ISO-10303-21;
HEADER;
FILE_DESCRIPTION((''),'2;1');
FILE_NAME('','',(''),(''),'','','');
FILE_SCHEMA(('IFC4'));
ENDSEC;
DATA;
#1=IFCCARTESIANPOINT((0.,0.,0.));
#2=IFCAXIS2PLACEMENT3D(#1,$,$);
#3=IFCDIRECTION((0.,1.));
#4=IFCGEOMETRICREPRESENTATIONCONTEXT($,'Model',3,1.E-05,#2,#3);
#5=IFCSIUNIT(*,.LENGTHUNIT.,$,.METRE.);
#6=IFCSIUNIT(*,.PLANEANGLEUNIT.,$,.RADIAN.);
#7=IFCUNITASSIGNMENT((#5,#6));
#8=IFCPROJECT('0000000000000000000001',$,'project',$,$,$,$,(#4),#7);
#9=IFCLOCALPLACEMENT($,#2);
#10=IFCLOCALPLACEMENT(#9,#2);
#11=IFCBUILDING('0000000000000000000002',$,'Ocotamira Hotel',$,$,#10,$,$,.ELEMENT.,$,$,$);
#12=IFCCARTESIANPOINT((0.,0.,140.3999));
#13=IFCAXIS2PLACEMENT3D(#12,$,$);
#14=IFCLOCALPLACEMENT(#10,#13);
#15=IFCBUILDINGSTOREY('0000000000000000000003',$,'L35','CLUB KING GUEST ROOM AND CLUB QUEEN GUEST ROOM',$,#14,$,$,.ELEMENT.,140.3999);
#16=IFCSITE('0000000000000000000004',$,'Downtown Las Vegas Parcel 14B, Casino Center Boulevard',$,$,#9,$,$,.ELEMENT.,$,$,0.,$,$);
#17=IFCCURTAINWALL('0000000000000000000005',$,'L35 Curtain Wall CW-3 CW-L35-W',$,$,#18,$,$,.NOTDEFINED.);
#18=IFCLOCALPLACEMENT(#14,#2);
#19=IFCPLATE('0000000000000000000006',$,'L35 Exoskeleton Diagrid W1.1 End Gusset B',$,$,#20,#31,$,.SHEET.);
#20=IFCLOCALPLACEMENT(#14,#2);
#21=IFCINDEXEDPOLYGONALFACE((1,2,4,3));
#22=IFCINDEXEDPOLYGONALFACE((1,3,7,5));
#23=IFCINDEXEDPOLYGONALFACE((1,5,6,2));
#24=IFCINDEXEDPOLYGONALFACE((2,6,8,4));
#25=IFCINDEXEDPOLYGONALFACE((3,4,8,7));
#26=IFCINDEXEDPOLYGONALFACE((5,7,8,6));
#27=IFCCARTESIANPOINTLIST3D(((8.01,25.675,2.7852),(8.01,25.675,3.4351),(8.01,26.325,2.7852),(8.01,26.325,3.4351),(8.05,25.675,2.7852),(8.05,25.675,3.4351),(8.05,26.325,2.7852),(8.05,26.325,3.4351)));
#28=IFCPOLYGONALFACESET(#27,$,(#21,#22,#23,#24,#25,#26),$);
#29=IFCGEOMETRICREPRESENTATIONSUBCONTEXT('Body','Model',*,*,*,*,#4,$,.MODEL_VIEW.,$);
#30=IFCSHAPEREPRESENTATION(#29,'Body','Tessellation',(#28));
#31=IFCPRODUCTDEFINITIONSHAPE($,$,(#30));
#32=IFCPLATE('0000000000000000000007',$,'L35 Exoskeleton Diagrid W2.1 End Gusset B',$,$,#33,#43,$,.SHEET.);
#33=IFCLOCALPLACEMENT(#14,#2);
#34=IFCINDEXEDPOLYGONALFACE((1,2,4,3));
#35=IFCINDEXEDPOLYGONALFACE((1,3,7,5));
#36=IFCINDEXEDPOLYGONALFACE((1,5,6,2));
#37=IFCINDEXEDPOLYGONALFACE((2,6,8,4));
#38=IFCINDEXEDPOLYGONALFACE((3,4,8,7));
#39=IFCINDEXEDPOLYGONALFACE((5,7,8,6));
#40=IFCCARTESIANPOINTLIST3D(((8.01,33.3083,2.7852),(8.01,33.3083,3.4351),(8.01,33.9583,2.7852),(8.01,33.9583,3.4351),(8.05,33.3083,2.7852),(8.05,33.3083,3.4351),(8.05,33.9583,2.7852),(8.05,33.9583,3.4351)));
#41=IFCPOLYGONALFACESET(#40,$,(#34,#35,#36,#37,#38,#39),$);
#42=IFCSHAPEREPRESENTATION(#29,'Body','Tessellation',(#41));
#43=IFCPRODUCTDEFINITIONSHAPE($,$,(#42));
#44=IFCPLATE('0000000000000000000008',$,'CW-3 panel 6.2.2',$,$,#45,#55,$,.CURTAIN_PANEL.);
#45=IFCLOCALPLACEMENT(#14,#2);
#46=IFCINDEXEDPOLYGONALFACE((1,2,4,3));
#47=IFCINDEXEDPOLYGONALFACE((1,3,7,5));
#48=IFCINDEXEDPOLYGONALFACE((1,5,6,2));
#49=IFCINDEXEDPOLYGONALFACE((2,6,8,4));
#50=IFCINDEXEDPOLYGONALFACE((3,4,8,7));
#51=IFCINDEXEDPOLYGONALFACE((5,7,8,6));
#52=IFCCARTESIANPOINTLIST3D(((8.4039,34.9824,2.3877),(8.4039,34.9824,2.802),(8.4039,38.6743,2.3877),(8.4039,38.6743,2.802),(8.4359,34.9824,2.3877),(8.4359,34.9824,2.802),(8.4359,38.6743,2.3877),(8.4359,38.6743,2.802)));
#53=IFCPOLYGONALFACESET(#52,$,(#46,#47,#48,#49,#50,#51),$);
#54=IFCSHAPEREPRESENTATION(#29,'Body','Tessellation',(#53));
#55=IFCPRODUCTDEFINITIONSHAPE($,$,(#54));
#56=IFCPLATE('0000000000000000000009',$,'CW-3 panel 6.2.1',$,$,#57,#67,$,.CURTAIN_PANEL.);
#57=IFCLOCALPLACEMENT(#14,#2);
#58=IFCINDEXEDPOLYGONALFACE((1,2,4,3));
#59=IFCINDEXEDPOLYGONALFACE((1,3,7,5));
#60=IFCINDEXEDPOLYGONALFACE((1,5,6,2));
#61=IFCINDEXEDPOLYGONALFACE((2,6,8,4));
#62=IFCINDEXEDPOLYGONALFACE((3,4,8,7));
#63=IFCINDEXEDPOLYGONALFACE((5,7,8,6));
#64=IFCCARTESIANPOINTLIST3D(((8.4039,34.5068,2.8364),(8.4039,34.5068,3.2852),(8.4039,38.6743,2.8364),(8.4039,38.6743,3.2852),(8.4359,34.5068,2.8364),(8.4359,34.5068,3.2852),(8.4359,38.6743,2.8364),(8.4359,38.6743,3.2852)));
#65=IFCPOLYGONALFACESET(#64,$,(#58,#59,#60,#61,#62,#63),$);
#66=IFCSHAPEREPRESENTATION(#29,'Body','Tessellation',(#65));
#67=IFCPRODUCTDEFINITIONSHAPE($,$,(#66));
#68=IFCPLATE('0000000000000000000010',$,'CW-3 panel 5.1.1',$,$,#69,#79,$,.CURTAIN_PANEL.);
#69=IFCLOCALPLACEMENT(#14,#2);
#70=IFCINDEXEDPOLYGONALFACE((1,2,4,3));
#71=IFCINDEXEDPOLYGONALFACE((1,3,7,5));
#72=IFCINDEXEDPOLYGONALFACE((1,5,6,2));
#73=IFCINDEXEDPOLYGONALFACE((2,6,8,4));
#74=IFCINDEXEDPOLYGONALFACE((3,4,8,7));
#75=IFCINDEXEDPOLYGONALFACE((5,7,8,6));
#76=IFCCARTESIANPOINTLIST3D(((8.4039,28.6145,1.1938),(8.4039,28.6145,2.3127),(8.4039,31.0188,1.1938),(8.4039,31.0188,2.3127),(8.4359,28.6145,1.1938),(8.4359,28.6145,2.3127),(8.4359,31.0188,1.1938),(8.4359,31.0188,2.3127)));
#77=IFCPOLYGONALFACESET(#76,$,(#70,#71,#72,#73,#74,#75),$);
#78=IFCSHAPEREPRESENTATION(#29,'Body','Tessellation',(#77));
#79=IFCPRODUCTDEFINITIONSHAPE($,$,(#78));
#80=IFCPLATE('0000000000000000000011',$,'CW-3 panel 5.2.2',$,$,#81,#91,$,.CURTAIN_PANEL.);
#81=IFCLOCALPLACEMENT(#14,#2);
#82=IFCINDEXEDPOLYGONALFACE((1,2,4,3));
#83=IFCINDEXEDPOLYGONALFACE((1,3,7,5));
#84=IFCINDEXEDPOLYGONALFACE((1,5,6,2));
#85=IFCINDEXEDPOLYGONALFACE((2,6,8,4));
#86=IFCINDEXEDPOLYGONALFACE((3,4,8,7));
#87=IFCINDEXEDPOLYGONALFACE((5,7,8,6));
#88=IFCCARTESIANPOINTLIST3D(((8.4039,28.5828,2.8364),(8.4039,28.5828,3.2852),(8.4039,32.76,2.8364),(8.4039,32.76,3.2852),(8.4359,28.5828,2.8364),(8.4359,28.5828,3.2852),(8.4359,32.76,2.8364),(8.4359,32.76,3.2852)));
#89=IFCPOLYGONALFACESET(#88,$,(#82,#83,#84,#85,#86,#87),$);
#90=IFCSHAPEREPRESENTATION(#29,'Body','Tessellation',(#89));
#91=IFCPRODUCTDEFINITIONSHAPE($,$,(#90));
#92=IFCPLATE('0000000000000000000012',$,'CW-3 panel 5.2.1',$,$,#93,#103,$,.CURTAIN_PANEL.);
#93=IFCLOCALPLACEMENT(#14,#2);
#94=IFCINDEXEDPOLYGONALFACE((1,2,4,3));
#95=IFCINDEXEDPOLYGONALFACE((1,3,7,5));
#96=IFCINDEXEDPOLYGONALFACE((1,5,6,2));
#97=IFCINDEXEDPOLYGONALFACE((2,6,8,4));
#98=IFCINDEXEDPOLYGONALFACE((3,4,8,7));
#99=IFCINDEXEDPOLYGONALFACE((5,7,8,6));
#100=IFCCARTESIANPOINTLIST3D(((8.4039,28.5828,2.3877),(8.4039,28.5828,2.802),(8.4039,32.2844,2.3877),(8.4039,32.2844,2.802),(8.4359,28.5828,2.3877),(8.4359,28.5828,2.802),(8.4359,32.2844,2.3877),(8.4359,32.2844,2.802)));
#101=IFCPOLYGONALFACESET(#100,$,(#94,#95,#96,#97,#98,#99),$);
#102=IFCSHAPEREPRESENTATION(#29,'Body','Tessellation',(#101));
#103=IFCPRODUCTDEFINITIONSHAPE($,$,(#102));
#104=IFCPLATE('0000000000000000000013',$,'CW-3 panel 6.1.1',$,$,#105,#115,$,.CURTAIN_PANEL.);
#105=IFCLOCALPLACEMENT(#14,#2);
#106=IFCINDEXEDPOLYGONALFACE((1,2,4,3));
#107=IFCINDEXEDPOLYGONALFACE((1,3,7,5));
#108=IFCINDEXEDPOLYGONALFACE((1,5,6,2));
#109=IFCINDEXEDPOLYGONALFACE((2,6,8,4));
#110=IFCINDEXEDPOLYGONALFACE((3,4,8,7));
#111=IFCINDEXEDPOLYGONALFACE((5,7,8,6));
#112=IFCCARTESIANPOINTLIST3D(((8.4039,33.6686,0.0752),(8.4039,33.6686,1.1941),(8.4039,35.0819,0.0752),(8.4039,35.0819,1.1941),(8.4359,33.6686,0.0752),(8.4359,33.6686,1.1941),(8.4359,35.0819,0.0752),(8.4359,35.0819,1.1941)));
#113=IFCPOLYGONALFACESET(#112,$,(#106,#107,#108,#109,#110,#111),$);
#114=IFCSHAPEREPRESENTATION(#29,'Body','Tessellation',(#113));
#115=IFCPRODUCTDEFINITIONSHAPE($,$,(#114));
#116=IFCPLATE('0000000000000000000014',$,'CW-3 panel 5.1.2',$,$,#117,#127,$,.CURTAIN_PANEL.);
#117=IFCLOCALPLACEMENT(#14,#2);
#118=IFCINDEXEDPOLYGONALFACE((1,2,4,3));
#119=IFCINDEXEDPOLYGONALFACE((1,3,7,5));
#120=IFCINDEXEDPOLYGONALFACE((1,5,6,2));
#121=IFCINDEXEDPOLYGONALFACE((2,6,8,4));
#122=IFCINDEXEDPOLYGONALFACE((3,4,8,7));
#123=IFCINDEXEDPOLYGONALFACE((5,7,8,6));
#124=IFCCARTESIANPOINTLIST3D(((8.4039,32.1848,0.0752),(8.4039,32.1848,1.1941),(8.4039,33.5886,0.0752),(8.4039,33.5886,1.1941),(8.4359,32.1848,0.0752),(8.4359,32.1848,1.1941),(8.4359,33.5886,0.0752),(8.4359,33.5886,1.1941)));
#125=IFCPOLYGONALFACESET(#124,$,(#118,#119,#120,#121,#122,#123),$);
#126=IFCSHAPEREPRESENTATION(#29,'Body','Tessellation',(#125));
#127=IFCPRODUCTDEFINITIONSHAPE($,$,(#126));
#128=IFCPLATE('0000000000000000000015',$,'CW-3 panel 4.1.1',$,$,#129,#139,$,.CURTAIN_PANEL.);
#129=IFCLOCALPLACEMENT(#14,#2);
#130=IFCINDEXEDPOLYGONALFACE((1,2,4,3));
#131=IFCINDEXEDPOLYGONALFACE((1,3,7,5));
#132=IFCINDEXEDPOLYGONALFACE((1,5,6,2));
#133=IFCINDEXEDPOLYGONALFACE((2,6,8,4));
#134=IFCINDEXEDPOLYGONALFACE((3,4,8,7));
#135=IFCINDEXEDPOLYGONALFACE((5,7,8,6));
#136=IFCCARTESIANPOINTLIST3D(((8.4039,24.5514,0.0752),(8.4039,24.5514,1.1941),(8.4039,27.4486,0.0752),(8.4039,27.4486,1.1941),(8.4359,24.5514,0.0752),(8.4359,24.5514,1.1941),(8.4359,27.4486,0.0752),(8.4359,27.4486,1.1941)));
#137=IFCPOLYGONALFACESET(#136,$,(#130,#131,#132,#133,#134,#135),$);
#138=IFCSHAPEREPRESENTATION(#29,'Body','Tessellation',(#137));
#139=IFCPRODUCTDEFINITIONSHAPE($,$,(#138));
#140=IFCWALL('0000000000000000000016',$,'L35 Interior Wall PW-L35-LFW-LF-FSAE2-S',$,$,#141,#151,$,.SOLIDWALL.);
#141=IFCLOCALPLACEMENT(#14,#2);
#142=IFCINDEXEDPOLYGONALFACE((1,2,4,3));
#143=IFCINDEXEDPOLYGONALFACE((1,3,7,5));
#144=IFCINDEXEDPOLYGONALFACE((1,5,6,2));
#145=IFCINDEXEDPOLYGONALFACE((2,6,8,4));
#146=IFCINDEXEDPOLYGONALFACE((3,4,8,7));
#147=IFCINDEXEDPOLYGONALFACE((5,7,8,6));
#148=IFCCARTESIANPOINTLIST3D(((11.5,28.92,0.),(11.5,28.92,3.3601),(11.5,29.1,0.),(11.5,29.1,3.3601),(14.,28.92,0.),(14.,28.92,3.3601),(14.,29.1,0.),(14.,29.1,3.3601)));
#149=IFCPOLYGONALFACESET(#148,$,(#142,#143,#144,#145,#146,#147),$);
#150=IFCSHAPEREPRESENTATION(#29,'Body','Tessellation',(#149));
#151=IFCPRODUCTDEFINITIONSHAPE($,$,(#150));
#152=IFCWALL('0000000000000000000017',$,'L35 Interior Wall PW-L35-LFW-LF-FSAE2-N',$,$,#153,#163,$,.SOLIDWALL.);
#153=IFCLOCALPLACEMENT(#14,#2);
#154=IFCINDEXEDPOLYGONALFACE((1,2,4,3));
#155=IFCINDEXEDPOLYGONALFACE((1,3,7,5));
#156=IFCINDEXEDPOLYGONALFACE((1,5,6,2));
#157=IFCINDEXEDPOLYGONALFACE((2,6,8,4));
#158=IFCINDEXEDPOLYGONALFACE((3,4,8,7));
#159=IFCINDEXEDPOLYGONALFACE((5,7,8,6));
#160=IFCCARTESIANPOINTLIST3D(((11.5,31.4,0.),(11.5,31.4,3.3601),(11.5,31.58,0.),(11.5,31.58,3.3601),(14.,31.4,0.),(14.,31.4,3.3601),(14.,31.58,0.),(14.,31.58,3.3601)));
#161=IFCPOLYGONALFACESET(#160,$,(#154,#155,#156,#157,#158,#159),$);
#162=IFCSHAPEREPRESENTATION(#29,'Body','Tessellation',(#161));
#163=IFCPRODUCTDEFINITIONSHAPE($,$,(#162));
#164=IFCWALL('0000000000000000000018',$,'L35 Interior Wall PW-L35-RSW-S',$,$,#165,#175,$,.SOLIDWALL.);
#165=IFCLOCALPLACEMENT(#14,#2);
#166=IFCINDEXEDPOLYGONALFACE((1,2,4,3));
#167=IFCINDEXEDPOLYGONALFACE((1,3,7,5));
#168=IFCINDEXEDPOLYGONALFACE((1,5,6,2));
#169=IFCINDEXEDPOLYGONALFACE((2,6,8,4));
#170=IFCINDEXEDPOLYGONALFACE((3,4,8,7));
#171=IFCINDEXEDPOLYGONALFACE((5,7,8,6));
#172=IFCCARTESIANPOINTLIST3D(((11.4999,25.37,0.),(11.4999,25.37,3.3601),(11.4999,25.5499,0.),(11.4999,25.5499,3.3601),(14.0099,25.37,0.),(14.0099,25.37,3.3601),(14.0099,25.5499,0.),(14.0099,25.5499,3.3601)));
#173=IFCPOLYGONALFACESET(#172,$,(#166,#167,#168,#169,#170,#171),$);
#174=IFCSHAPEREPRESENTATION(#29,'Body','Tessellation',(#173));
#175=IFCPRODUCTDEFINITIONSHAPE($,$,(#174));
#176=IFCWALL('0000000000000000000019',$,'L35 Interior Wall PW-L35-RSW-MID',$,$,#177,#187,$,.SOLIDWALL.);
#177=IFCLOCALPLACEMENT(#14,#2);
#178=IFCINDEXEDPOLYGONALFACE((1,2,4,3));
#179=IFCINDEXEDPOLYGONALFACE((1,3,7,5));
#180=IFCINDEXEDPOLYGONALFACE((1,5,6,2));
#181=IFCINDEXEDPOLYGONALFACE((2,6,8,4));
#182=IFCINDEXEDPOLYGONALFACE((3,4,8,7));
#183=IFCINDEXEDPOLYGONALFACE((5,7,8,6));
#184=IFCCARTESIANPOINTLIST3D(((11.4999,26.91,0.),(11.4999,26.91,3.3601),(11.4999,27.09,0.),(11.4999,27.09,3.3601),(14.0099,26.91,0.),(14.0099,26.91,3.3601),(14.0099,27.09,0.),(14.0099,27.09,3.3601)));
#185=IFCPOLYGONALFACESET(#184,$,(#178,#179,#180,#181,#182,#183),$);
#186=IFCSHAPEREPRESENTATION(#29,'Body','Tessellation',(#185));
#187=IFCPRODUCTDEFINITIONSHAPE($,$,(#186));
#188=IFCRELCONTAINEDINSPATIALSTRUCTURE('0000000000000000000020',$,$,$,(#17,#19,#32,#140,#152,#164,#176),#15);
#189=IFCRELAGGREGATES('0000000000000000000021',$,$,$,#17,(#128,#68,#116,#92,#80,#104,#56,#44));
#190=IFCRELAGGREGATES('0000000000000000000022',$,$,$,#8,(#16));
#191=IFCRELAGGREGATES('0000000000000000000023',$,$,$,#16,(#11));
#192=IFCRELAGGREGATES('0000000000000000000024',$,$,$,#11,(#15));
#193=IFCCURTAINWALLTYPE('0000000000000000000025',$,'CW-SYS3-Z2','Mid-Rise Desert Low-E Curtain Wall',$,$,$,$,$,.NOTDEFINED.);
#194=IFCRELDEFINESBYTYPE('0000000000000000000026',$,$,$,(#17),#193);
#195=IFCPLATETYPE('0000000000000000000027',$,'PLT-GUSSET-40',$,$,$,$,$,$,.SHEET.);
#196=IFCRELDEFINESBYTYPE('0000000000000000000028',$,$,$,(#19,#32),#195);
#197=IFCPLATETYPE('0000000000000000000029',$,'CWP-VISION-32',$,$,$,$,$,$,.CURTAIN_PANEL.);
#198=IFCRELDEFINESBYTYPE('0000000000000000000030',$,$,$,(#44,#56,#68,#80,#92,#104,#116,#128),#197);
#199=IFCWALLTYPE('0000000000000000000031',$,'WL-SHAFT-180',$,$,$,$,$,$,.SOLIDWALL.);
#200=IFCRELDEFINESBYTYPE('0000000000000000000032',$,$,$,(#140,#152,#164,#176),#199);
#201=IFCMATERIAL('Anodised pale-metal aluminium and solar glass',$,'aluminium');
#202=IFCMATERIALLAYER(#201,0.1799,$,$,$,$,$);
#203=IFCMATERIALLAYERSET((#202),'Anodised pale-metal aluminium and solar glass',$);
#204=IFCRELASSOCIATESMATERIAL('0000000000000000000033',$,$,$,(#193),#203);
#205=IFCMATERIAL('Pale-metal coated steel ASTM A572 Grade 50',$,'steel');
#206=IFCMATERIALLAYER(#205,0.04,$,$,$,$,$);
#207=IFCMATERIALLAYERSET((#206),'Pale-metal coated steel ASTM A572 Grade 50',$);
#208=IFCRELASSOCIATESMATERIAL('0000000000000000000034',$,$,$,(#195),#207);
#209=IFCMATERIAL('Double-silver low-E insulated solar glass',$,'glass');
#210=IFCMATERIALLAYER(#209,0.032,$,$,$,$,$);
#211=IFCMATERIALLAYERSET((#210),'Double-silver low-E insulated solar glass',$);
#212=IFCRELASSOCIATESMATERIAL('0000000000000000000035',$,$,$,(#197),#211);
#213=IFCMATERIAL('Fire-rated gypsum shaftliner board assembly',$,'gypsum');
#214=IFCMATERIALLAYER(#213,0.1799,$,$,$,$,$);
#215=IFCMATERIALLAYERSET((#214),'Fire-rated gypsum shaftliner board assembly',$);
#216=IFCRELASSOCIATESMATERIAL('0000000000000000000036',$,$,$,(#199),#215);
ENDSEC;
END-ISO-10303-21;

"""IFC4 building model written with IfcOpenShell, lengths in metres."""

from ifc_helpers import new_model, si_unit, direction, frame, frame_2d, origin, origin_2d, place, context, subcontext, project, spatial, rectangle, extrude, source, transform, mapped, material, layer, layer_set, type_object, element, aggregate, save


model = new_model("IFC4")

# Units and contexts
model_context = context("Model", 3, precision=1e-05, world=origin(), true_north=direction((0.0, 1.0)))
body_context = subcontext(model_context, "Body", "Model", "MODEL_VIEW")
ifc_project = project(units=[si_unit("LENGTHUNIT", "METRE"), si_unit("PLANEANGLEUNIT", "RADIAN")], contexts=[model_context])

# Site, building, storey
site_placement = place(None, origin())
site = spatial("IfcSite", under=ifc_project, at=site_placement, Name="Downtown Las Vegas Parcel 14B, Casino Center Boulevard", CompositionType="ELEMENT", RefElevation=0.0)
building_placement = place(site_placement, origin())
building = spatial("IfcBuilding", under=site, at=building_placement, Name="Ocotamira Hotel", CompositionType="ELEMENT")
storey_placement = place(building_placement, frame((0.0, 0.0, 140.3999)))
storey = spatial("IfcBuildingStorey", under=building, at=storey_placement, Name="L35", Description="CLUB KING GUEST ROOM AND CLUB QUEEN GUEST ROOM", CompositionType="ELEMENT", Elevation=140.3999)

# Curtain wall
ifc_material_1 = material(Name="Anodised pale-metal aluminium and solar glass", Category="aluminium")
ifc_layer_1 = layer(ifc_material_1, 0.1799)
ifc_layer_set_1 = layer_set([ifc_layer_1], Name="Anodised pale-metal aluminium and solar glass")
curtain_wall_type = type_object("IfcCurtainWallType", Name="CW-SYS3-Z2", Description="Mid-Rise Desert Low-E Curtain Wall", PredefinedType="NOTDEFINED", material=ifc_layer_set_1)
curtain_wall_placement = place(storey_placement, origin())
curtain_wall = element("IfcCurtainWall", 1, at=curtain_wall_placement, inside=storey, type_object=curtain_wall_type, Name="L35 Curtain Wall CW-3 CW-L35-W", PredefinedType="NOTDEFINED")

# Plates
ifc_material_2 = material(Name="Pale-metal coated steel ASTM A572 Grade 50", Category="steel")
ifc_layer_2 = layer(ifc_material_2, 0.04)
ifc_layer_set_2 = layer_set([ifc_layer_2], Name="Pale-metal coated steel ASTM A572 Grade 50")
plate_type_1 = type_object("IfcPlateType", Name="PLT-GUSSET-40", PredefinedType="SHEET", material=ifc_layer_set_2)
shared_shape_1 = source(origin(), body_context, "Body", "SweptSolid", [
    extrude(rectangle(XDim=0.04, YDim=0.6499, at=origin_2d()), origin(), (0.0, 0.0, 1.0), 0.6499),
])
for number, where, z_axis, x_axis, name in (
    (2, (8.03, 26.0, 2.7852), (0.0, 0.0, 1.0), (1.0, 0.0, 0.0), "L35 Exoskeleton Diagrid W1.1 End Gusset B"),
    (3, (8.03, 33.6333, 2.7852), (0.0, 0.0, 1.0), (1.0, 0.0, 0.0), "L35 Exoskeleton Diagrid W2.1 End Gusset B"),
):
    element("IfcPlate", number, at=place(storey_placement, frame(where, z_axis=z_axis, x_axis=x_axis)), inside=storey, type_object=plate_type_1, Name=name, PredefinedType="SHEET", context=body_context, shape_type="MappedRepresentation", body=[
        mapped(shared_shape_1, transform((0.0, 0.0, 0.0), scale=1.0)),
    ])

# Plates
ifc_material_3 = material(Name="Double-silver low-E insulated solar glass", Category="glass")
ifc_layer_3 = layer(ifc_material_3, 0.032)
ifc_layer_set_3 = layer_set([ifc_layer_3], Name="Double-silver low-E insulated solar glass")
plate_type_2 = type_object("IfcPlateType", Name="CWP-VISION-32", PredefinedType="CURTAIN_PANEL", material=ifc_layer_set_3)
shared_shape_2 = source(origin(), body_context, "Body", "SweptSolid", [
    extrude(rectangle(XDim=3.6919, YDim=0.032, at=origin_2d()), origin(), (0.0, 0.0, 1.0), 0.4143),
])
plate_1_placement = place(storey_placement, frame((8.4199, 36.8284, 2.3877), z_axis=(0.0, 0.0, 1.0), x_axis=(0.0, 1.0, 0.0)))
plate_1 = element("IfcPlate", 4, at=plate_1_placement, type_object=plate_type_2, Name="CW-3 panel 6.2.2", PredefinedType="CURTAIN_PANEL", context=body_context, shape_type="MappedRepresentation", body=[
    mapped(shared_shape_2, transform((0.0, 0.0, 0.0), scale=1.0)),
])
shared_shape_3 = source(origin(), body_context, "Body", "SweptSolid", [
    extrude(rectangle(XDim=4.1675, YDim=0.032, at=origin_2d()), origin(), (0.0, 0.0, 1.0), 0.4487),
])
plate_2_placement = place(storey_placement, frame((8.4199, 36.5906, 2.8364), z_axis=(0.0, 0.0, 1.0), x_axis=(0.0, 1.0, 0.0)))
plate_2 = element("IfcPlate", 5, at=plate_2_placement, type_object=plate_type_2, Name="CW-3 panel 6.2.1", PredefinedType="CURTAIN_PANEL", context=body_context, shape_type="MappedRepresentation", body=[
    mapped(shared_shape_3, transform((0.0, 0.0, 0.0), scale=1.0)),
])
shared_shape_4 = source(origin(), body_context, "Body", "SweptSolid", [
    extrude(rectangle(XDim=2.4043, YDim=0.032, at=origin_2d()), origin(), (0.0, 0.0, 1.0), 1.1189),
])
plate_3_placement = place(storey_placement, frame((8.4199, 29.8167, 1.1938), z_axis=(0.0, 0.0, 1.0), x_axis=(0.0, 1.0, 0.0)))
plate_3 = element("IfcPlate", 6, at=plate_3_placement, type_object=plate_type_2, Name="CW-3 panel 5.1.1", PredefinedType="CURTAIN_PANEL", context=body_context, shape_type="MappedRepresentation", body=[
    mapped(shared_shape_4, transform((0.0, 0.0, 0.0), scale=1.0)),
])
shared_shape_5 = source(origin(), body_context, "Body", "SweptSolid", [
    extrude(rectangle(XDim=4.1772, YDim=0.032, at=origin_2d()), origin(), (0.0, 0.0, 1.0), 0.4487),
])
plate_4_placement = place(storey_placement, frame((8.4199, 30.6714, 2.8364), z_axis=(0.0, 0.0, 1.0), x_axis=(0.0, 1.0, 0.0)))
plate_4 = element("IfcPlate", 7, at=plate_4_placement, type_object=plate_type_2, Name="CW-3 panel 5.2.2", PredefinedType="CURTAIN_PANEL", context=body_context, shape_type="MappedRepresentation", body=[
    mapped(shared_shape_5, transform((0.0, 0.0, 0.0), scale=1.0)),
])
shared_shape_6 = source(origin(), body_context, "Body", "SweptSolid", [
    extrude(rectangle(XDim=3.7017, YDim=0.032, at=origin_2d()), origin(), (0.0, 0.0, 1.0), 0.4143),
])
plate_5_placement = place(storey_placement, frame((8.4199, 30.4336, 2.3877), z_axis=(0.0, 0.0, 1.0), x_axis=(0.0, 1.0, 0.0)))
plate_5 = element("IfcPlate", 8, at=plate_5_placement, type_object=plate_type_2, Name="CW-3 panel 5.2.1", PredefinedType="CURTAIN_PANEL", context=body_context, shape_type="MappedRepresentation", body=[
    mapped(shared_shape_6, transform((0.0, 0.0, 0.0), scale=1.0)),
])
shared_shape_7 = source(origin(), body_context, "Body", "SweptSolid", [
    extrude(rectangle(XDim=1.4133, YDim=0.032, at=origin_2d()), origin(), (0.0, 0.0, 1.0), 1.1189),
])
plate_6_placement = place(storey_placement, frame((8.4199, 34.3752, 0.0752), z_axis=(0.0, 0.0, 1.0), x_axis=(0.0, 1.0, 0.0)))
plate_6 = element("IfcPlate", 9, at=plate_6_placement, type_object=plate_type_2, Name="CW-3 panel 6.1.1", PredefinedType="CURTAIN_PANEL", context=body_context, shape_type="MappedRepresentation", body=[
    mapped(shared_shape_7, transform((0.0, 0.0, 0.0), scale=1.0)),
])
shared_shape_8 = source(origin(), body_context, "Body", "SweptSolid", [
    extrude(rectangle(XDim=1.4038, YDim=0.032, at=origin_2d()), origin(), (0.0, 0.0, 1.0), 1.1189),
])
plate_7_placement = place(storey_placement, frame((8.4199, 32.8867, 0.0752), z_axis=(0.0, 0.0, 1.0), x_axis=(0.0, 1.0, 0.0)))
plate_7 = element("IfcPlate", 10, at=plate_7_placement, type_object=plate_type_2, Name="CW-3 panel 5.1.2", PredefinedType="CURTAIN_PANEL", context=body_context, shape_type="MappedRepresentation", body=[
    mapped(shared_shape_8, transform((0.0, 0.0, 0.0), scale=1.0)),
])
shared_shape_9 = source(origin(), body_context, "Body", "SweptSolid", [
    extrude(rectangle(XDim=2.8972, YDim=0.032, at=origin_2d()), origin(), (0.0, 0.0, 1.0), 1.1189),
])
plate_8_placement = place(storey_placement, frame((8.4199, 26.0, 0.0752), z_axis=(0.0, 0.0, 1.0), x_axis=(0.0, 1.0, 0.0)))
plate_8 = element("IfcPlate", 11, at=plate_8_placement, type_object=plate_type_2, Name="CW-3 panel 4.1.1", PredefinedType="CURTAIN_PANEL", context=body_context, shape_type="MappedRepresentation", body=[
    mapped(shared_shape_9, transform((0.0, 0.0, 0.0), scale=1.0)),
])
aggregate(curtain_wall, [plate_8, plate_3, plate_7, plate_5, plate_4, plate_6, plate_2, plate_1])

# Walls
ifc_material_4 = material(Name="Fire-rated gypsum shaftliner board assembly", Category="gypsum")
ifc_layer_4 = layer(ifc_material_4, 0.1799)
ifc_layer_set_4 = layer_set([ifc_layer_4], Name="Fire-rated gypsum shaftliner board assembly")
wall_type_1 = type_object("IfcWallType", Name="WL-SHAFT-180", PredefinedType="SOLIDWALL", material=ifc_layer_set_4)
for number, where, z_axis, x_axis, name in (
    (12, (11.5, 29.01, 0.0), (0.0, 0.0, 1.0), (1.0, 0.0, 0.0), "L35 Interior Wall PW-L35-LFW-LF-FSAE2-S"),
    (13, (11.5, 31.49, 0.0), (0.0, 0.0, 1.0), (1.0, 0.0, 0.0), "L35 Interior Wall PW-L35-LFW-LF-FSAE2-N"),
):
    element("IfcWall", number, at=place(storey_placement, frame(where, z_axis=z_axis, x_axis=x_axis)), inside=storey, type_object=wall_type_1, Name=name, PredefinedType="SOLIDWALL", context=body_context, shape_type="SweptSolid", body=[
        extrude(rectangle(XDim=2.5, YDim=0.1799, at=frame_2d((1.25, 0.0))), origin(), (0.0, 0.0, 1.0), 3.3601),
    ])
for number, where, z_axis, x_axis, name in (
    (14, (11.5, 25.46, 0.0), (0.0, 0.0, 1.0), (1.0, 0.0, 0.0), "L35 Interior Wall PW-L35-RSW-S"),
    (15, (11.5, 27.0, 0.0), (0.0, 0.0, 1.0), (1.0, 0.0, 0.0), "L35 Interior Wall PW-L35-RSW-MID"),
):
    element("IfcWall", number, at=place(storey_placement, frame(where, z_axis=z_axis, x_axis=x_axis)), inside=storey, type_object=wall_type_1, Name=name, PredefinedType="SOLIDWALL", context=body_context, shape_type="SweptSolid", body=[
        extrude(rectangle(XDim=2.51, YDim=0.1799, at=frame_2d((1.2549, 0.0))), origin(), (0.0, 0.0, 1.0), 3.3601),
    ])

save(model, "model.ifc")
